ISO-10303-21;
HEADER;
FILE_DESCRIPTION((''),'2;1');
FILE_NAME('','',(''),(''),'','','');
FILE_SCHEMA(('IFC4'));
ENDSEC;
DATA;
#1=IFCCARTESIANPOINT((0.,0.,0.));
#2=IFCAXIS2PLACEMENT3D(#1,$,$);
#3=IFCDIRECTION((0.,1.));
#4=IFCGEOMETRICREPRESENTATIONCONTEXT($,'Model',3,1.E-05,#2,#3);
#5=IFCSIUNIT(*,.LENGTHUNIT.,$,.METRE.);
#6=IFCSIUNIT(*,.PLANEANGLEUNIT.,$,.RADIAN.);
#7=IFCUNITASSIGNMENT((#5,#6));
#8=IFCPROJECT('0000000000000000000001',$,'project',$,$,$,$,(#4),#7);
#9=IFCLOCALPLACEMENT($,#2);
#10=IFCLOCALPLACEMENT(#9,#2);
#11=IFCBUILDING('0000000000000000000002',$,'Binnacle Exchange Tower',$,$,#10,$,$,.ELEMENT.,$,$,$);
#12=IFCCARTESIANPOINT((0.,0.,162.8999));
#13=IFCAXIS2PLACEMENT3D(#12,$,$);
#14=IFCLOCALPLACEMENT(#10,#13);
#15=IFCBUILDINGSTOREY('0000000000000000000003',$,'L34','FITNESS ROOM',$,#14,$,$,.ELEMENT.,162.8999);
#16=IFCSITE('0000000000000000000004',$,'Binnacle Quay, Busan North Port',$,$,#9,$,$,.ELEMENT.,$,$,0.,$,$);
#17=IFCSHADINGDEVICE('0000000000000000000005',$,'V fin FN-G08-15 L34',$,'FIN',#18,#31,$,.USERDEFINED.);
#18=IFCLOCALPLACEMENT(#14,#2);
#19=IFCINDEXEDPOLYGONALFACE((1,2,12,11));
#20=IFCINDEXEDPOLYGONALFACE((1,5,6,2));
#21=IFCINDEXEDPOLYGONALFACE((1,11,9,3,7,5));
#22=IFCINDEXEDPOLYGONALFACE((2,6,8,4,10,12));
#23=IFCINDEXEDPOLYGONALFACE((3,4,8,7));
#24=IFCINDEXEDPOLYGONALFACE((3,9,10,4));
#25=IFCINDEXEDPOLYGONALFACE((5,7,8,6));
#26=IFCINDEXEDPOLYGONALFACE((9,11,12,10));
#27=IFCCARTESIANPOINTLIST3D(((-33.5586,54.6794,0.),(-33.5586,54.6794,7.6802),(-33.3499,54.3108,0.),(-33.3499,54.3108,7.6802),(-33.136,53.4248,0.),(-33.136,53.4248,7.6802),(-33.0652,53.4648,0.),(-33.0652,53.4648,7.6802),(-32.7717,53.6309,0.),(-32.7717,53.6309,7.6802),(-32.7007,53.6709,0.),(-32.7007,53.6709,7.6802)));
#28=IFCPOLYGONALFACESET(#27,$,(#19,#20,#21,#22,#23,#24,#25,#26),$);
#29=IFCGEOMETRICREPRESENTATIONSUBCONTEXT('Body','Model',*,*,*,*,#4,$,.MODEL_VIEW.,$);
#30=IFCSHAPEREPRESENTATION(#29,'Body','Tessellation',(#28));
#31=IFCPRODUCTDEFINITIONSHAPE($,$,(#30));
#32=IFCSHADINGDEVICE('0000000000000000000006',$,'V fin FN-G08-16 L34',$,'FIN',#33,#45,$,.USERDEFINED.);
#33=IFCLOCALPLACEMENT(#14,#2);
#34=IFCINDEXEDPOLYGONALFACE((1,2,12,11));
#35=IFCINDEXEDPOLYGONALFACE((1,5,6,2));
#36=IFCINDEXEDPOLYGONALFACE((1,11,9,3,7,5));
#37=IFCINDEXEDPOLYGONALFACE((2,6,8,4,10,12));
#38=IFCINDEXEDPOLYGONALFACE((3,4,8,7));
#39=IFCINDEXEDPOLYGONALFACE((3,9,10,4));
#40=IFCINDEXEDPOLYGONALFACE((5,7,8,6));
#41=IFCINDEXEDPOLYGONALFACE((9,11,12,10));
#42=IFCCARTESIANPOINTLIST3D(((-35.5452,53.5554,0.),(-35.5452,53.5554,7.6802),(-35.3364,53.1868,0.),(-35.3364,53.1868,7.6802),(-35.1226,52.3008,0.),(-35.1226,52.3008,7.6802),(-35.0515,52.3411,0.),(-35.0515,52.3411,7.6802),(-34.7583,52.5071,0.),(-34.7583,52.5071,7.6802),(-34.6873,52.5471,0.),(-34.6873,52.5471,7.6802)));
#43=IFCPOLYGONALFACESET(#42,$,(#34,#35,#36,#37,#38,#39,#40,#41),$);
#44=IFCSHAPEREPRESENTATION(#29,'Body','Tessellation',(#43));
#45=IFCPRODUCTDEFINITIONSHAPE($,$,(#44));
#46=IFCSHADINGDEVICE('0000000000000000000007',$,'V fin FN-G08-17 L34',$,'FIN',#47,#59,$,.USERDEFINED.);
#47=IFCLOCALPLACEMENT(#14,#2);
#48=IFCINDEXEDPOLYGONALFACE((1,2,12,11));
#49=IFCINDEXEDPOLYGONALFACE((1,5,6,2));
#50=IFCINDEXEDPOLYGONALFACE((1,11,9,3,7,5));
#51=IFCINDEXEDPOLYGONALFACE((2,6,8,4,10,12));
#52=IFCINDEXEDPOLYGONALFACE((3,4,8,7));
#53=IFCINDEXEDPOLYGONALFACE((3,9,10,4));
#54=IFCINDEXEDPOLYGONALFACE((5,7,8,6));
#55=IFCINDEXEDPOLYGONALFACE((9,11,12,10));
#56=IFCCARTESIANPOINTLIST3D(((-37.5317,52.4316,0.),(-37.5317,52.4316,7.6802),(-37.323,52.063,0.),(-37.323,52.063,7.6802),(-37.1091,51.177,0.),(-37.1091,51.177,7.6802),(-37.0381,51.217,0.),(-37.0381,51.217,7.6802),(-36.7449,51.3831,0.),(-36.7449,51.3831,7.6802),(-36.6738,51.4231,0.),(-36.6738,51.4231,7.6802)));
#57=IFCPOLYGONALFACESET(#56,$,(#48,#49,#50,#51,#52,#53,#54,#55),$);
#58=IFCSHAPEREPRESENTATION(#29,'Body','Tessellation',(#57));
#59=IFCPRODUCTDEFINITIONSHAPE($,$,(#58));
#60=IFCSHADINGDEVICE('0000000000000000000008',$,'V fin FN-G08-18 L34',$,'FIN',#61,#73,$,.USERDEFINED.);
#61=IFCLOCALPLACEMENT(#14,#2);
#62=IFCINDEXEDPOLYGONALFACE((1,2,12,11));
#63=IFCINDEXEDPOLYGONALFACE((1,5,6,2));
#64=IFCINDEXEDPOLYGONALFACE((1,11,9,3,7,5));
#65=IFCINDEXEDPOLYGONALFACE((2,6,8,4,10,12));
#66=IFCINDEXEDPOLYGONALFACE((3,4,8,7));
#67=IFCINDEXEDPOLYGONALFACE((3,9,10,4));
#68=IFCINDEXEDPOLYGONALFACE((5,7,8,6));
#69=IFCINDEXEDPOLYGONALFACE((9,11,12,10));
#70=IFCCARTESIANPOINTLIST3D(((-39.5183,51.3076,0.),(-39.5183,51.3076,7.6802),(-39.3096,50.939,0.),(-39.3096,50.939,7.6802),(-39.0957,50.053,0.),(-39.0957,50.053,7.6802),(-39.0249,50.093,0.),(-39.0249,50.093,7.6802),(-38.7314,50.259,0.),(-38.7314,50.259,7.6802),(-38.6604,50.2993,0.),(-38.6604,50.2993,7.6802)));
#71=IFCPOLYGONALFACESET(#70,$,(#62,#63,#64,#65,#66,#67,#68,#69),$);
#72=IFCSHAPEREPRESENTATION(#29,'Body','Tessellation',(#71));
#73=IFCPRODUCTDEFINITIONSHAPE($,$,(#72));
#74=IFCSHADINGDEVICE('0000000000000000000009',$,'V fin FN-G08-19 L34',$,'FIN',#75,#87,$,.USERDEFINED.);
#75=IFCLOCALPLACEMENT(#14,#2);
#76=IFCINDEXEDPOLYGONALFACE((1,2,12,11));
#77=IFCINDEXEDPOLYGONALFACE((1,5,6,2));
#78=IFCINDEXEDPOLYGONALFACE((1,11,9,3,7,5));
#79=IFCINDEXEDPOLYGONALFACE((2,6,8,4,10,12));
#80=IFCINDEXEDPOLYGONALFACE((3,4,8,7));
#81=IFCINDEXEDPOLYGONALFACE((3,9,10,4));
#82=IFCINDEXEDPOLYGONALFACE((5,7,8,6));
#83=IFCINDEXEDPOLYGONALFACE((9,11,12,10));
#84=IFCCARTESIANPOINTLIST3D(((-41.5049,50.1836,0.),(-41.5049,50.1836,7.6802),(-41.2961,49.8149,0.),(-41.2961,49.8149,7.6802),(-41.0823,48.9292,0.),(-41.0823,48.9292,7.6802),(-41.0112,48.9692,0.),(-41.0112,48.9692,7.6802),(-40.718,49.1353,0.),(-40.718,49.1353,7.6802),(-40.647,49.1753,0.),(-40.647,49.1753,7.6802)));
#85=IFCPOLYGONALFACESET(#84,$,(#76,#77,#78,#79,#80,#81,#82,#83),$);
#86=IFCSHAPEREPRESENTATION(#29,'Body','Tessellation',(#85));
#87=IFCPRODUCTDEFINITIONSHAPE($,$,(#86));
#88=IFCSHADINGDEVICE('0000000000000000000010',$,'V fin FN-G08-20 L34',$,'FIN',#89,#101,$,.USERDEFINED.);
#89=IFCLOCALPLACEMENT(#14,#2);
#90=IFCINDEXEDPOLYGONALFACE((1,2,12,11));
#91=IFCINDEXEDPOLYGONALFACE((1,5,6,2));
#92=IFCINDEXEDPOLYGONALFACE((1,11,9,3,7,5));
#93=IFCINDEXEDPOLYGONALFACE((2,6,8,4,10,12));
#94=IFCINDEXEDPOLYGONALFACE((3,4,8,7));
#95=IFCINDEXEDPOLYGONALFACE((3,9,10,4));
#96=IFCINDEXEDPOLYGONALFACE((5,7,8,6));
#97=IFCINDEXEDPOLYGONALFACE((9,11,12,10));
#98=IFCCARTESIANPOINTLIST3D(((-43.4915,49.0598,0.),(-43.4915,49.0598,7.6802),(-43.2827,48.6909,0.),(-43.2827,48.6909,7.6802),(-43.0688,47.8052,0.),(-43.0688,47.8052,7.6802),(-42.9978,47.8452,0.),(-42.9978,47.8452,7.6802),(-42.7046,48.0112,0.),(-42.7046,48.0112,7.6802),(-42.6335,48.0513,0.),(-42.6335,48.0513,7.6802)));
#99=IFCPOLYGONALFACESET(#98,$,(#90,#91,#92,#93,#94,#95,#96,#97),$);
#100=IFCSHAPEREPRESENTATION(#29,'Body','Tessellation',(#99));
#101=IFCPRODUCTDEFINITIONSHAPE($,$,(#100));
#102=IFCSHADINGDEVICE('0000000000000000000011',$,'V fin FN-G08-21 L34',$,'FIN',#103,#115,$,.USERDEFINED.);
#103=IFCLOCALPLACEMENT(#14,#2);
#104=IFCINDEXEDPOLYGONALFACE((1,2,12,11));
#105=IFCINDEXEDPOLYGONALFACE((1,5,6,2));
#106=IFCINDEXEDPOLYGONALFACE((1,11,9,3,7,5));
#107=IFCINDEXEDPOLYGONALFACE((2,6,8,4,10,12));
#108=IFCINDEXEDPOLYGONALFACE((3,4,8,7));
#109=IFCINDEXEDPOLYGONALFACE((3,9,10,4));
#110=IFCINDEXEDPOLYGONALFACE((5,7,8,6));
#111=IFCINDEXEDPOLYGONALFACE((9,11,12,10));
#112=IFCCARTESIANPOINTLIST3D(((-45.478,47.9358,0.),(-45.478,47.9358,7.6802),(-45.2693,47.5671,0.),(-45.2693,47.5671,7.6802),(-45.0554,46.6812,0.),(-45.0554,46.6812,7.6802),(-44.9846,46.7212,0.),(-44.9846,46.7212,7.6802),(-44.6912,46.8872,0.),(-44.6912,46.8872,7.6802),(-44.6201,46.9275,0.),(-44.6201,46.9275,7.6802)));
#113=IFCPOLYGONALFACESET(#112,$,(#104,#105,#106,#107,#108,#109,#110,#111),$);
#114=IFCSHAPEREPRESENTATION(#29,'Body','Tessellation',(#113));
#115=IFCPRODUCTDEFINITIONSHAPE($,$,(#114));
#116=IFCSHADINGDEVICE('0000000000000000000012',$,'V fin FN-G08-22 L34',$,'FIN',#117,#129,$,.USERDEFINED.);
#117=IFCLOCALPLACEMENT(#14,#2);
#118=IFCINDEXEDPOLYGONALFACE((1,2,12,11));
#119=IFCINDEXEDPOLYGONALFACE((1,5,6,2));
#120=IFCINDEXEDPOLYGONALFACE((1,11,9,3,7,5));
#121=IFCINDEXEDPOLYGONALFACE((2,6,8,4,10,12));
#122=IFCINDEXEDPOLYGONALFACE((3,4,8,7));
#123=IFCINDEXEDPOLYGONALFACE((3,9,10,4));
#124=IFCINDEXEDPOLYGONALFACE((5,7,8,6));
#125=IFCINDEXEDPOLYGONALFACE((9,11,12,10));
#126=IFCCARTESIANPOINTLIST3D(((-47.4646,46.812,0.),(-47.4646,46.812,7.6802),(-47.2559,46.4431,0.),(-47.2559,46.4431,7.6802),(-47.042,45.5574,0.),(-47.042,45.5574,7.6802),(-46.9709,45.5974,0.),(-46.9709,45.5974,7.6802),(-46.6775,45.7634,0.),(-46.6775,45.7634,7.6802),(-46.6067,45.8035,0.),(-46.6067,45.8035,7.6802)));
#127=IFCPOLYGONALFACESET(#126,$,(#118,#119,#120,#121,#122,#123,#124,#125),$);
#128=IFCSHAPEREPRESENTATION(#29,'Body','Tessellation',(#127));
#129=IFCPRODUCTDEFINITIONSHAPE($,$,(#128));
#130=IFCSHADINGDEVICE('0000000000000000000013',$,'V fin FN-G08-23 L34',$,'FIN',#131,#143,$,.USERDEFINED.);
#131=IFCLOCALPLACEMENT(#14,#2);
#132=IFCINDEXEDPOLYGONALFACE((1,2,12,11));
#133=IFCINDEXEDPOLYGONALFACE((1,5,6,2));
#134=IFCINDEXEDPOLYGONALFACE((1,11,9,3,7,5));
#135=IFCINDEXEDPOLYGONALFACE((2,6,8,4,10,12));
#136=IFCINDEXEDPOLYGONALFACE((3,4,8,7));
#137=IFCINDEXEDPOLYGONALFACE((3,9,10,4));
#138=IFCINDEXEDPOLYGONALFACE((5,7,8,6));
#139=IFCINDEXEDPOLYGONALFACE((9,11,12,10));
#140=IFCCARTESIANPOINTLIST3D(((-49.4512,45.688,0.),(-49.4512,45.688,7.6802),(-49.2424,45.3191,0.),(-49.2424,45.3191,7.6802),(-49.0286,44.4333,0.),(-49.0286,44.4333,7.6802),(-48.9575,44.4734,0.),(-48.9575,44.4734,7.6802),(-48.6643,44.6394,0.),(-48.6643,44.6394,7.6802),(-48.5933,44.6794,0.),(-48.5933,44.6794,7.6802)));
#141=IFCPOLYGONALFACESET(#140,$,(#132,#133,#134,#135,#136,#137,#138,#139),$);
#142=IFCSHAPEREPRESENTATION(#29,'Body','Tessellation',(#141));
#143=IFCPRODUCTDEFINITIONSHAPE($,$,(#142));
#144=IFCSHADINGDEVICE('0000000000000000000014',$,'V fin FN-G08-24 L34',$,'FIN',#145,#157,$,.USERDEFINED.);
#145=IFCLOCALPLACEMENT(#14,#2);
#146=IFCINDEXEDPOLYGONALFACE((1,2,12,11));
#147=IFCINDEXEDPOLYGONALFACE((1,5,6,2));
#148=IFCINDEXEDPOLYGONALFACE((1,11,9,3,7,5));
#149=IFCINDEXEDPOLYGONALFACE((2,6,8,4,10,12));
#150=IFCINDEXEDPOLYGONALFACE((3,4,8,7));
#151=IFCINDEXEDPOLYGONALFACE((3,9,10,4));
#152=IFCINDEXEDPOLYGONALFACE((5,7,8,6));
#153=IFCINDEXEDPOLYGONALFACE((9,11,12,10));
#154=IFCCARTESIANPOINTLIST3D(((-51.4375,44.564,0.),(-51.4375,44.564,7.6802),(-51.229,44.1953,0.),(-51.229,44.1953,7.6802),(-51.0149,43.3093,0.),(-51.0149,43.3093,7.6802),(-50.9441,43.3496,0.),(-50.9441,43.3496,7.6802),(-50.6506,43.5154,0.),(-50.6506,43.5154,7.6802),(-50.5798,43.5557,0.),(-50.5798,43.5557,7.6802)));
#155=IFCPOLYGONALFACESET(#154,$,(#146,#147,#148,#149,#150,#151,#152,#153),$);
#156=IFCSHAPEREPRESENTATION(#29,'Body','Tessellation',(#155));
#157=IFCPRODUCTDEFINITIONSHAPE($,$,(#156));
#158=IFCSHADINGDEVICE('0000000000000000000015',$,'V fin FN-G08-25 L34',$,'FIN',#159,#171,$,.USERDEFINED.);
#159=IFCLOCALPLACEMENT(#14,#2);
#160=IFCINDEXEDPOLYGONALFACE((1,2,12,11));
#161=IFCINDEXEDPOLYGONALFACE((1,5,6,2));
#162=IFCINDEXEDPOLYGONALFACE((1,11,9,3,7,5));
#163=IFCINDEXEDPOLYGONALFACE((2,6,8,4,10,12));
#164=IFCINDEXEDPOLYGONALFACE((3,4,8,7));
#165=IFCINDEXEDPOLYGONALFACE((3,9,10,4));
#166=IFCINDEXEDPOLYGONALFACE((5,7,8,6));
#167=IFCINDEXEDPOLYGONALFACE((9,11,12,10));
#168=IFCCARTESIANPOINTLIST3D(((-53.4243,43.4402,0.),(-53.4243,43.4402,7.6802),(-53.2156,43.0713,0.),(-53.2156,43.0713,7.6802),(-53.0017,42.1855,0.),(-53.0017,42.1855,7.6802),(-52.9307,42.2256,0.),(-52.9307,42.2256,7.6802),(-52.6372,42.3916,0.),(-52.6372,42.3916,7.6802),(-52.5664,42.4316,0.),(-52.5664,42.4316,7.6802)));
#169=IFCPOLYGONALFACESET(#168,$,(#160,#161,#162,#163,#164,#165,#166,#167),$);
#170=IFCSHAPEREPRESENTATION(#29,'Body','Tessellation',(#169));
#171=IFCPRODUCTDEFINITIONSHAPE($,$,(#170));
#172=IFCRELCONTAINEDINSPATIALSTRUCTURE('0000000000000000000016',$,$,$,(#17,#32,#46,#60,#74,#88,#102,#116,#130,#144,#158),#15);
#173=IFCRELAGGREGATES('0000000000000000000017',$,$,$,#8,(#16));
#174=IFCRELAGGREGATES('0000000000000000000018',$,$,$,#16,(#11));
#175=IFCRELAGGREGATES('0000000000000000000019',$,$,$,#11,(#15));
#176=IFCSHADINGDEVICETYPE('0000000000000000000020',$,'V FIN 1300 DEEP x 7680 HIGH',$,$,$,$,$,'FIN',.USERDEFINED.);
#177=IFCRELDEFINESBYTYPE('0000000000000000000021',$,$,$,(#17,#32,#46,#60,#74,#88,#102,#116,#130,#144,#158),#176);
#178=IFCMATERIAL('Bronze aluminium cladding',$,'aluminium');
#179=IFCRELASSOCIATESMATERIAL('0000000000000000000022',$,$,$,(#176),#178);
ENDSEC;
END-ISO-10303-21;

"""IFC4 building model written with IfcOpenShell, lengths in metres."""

from ifc_helpers import new_model, si_unit, direction, frame, origin, place, context, subcontext, project, spatial, polyline, outline, extrude, material, type_object, element, save


model = new_model("IFC4")

# Units and contexts
model_context = context("Model", 3, precision=1e-05, world=origin(), true_north=direction((0.0, 1.0)))
body_context = subcontext(model_context, "Body", "Model", "MODEL_VIEW")
ifc_project = project(units=[si_unit("LENGTHUNIT", "METRE"), si_unit("PLANEANGLEUNIT", "RADIAN")], contexts=[model_context])

# Site, building, storey
site_placement = place(None, origin())
site = spatial("IfcSite", under=ifc_project, at=site_placement, Name="Binnacle Quay, Busan North Port", CompositionType="ELEMENT", RefElevation=0.0)
building_placement = place(site_placement, origin())
building = spatial("IfcBuilding", under=site, at=building_placement, Name="Binnacle Exchange Tower", CompositionType="ELEMENT")
storey_placement = place(building_placement, frame((0.0, 0.0, 162.8999)))
storey = spatial("IfcBuildingStorey", under=building, at=storey_placement, Name="L34", Description="FITNESS ROOM", CompositionType="ELEMENT", Elevation=162.8999)

# Shading devices
ifc_material = material(Name="Bronze aluminium cladding", Category="aluminium")
shading_device_type = type_object("IfcShadingDeviceType", Name="V FIN 1300 DEEP x 7680 HIGH", ElementType="FIN", PredefinedType="USERDEFINED", material=ifc_material)
shading_device_1_placement = place(storey_placement, origin())
element("IfcShadingDevice", 1, at=shading_device_1_placement, inside=storey, type_object=shading_device_type, Name="V fin FN-G08-15 L34", ObjectType="FIN", PredefinedType="USERDEFINED", context=body_context, shape_type="SweptSolid", body=[
    extrude(outline(polyline([(-32.7007, 53.6709), (-33.5586, 54.6794), (-33.136, 53.4248), (-33.0652, 53.4648), (-33.3499, 54.3108), (-32.7717, 53.6309), (-32.7007, 53.6709)])), origin(), (0.0, 0.0, 1.0), 7.6802),
])
shading_device_2_placement = place(storey_placement, origin())
element("IfcShadingDevice", 2, at=shading_device_2_placement, inside=storey, type_object=shading_device_type, Name="V fin FN-G08-16 L34", ObjectType="FIN", PredefinedType="USERDEFINED", context=body_context, shape_type="SweptSolid", body=[
    extrude(outline(polyline([(-34.6873, 52.5471), (-35.5452, 53.5554), (-35.1226, 52.3008), (-35.0515, 52.3411), (-35.3364, 53.1868), (-34.7583, 52.5071), (-34.6873, 52.5471)])), origin(), (0.0, 0.0, 1.0), 7.6802),
])
shading_device_3_placement = place(storey_placement, origin())
element("IfcShadingDevice", 3, at=shading_device_3_placement, inside=storey, type_object=shading_device_type, Name="V fin FN-G08-17 L34", ObjectType="FIN", PredefinedType="USERDEFINED", context=body_context, shape_type="SweptSolid", body=[
    extrude(outline(polyline([(-36.6738, 51.4231), (-37.5317, 52.4316), (-37.1091, 51.177), (-37.0381, 51.217), (-37.323, 52.063), (-36.7449, 51.3831), (-36.6738, 51.4231)])), origin(), (0.0, 0.0, 1.0), 7.6802),
])
shading_device_4_placement = place(storey_placement, origin())
element("IfcShadingDevice", 4, at=shading_device_4_placement, inside=storey, type_object=shading_device_type, Name="V fin FN-G08-18 L34", ObjectType="FIN", PredefinedType="USERDEFINED", context=body_context, shape_type="SweptSolid", body=[
    extrude(outline(polyline([(-38.6604, 50.2993), (-39.5183, 51.3076), (-39.0957, 50.053), (-39.0249, 50.093), (-39.3096, 50.939), (-38.7314, 50.259), (-38.6604, 50.2993)])), origin(), (0.0, 0.0, 1.0), 7.6802),
])
shading_device_5_placement = place(storey_placement, origin())
element("IfcShadingDevice", 5, at=shading_device_5_placement, inside=storey, type_object=shading_device_type, Name="V fin FN-G08-19 L34", ObjectType="FIN", PredefinedType="USERDEFINED", context=body_context, shape_type="SweptSolid", body=[
    extrude(outline(polyline([(-40.647, 49.1753), (-41.5049, 50.1836), (-41.0823, 48.9292), (-41.0112, 48.9692), (-41.2961, 49.8149), (-40.718, 49.1353), (-40.647, 49.1753)])), origin(), (0.0, 0.0, 1.0), 7.6802),
])
shading_device_6_placement = place(storey_placement, origin())
element("IfcShadingDevice", 6, at=shading_device_6_placement, inside=storey, type_object=shading_device_type, Name="V fin FN-G08-20 L34", ObjectType="FIN", PredefinedType="USERDEFINED", context=body_context, shape_type="SweptSolid", body=[
    extrude(outline(polyline([(-42.6335, 48.0513), (-43.4915, 49.0598), (-43.0688, 47.8052), (-42.9978, 47.8452), (-43.2827, 48.6909), (-42.7046, 48.0112), (-42.6335, 48.0513)])), origin(), (0.0, 0.0, 1.0), 7.6802),
])
shading_device_7_placement = place(storey_placement, origin())
element("IfcShadingDevice", 7, at=shading_device_7_placement, inside=storey, type_object=shading_device_type, Name="V fin FN-G08-21 L34", ObjectType="FIN", PredefinedType="USERDEFINED", context=body_context, shape_type="SweptSolid", body=[
    extrude(outline(polyline([(-44.6201, 46.9275), (-45.478, 47.9358), (-45.0554, 46.6812), (-44.9846, 46.7212), (-45.2693, 47.5671), (-44.6912, 46.8872), (-44.6201, 46.9275)])), origin(), (0.0, 0.0, 1.0), 7.6802),
])
shading_device_8_placement = place(storey_placement, origin())
element("IfcShadingDevice", 8, at=shading_device_8_placement, inside=storey, type_object=shading_device_type, Name="V fin FN-G08-22 L34", ObjectType="FIN", PredefinedType="USERDEFINED", context=body_context, shape_type="SweptSolid", body=[
    extrude(outline(polyline([(-46.6067, 45.8035), (-47.4646, 46.812), (-47.042, 45.5574), (-46.9709, 45.5974), (-47.2559, 46.4431), (-46.6775, 45.7634), (-46.6067, 45.8035)])), origin(), (0.0, 0.0, 1.0), 7.6802),
])
shading_device_9_placement = place(storey_placement, origin())
element("IfcShadingDevice", 9, at=shading_device_9_placement, inside=storey, type_object=shading_device_type, Name="V fin FN-G08-23 L34", ObjectType="FIN", PredefinedType="USERDEFINED", context=body_context, shape_type="SweptSolid", body=[
    extrude(outline(polyline([(-48.5933, 44.6794), (-49.4512, 45.688), (-49.0286, 44.4333), (-48.9575, 44.4734), (-49.2424, 45.3191), (-48.6643, 44.6394), (-48.5933, 44.6794)])), origin(), (0.0, 0.0, 1.0), 7.6802),
])
shading_device_10_placement = place(storey_placement, origin())
element("IfcShadingDevice", 10, at=shading_device_10_placement, inside=storey, type_object=shading_device_type, Name="V fin FN-G08-24 L34", ObjectType="FIN", PredefinedType="USERDEFINED", context=body_context, shape_type="SweptSolid", body=[
    extrude(outline(polyline([(-50.5798, 43.5557), (-51.4375, 44.564), (-51.0149, 43.3093), (-50.9441, 43.3496), (-51.229, 44.1953), (-50.6506, 43.5154), (-50.5798, 43.5557)])), origin(), (0.0, 0.0, 1.0), 7.6802),
])
shading_device_11_placement = place(storey_placement, origin())
element("IfcShadingDevice", 11, at=shading_device_11_placement, inside=storey, type_object=shading_device_type, Name="V fin FN-G08-25 L34", ObjectType="FIN", PredefinedType="USERDEFINED", context=body_context, shape_type="SweptSolid", body=[
    extrude(outline(polyline([(-52.5664, 42.4316), (-53.4243, 43.4402), (-53.0017, 42.1855), (-52.9307, 42.2256), (-53.2156, 43.0713), (-52.6372, 42.3916), (-52.5664, 42.4316)])), origin(), (0.0, 0.0, 1.0), 7.6802),
])

save(model, "model.ifc")
